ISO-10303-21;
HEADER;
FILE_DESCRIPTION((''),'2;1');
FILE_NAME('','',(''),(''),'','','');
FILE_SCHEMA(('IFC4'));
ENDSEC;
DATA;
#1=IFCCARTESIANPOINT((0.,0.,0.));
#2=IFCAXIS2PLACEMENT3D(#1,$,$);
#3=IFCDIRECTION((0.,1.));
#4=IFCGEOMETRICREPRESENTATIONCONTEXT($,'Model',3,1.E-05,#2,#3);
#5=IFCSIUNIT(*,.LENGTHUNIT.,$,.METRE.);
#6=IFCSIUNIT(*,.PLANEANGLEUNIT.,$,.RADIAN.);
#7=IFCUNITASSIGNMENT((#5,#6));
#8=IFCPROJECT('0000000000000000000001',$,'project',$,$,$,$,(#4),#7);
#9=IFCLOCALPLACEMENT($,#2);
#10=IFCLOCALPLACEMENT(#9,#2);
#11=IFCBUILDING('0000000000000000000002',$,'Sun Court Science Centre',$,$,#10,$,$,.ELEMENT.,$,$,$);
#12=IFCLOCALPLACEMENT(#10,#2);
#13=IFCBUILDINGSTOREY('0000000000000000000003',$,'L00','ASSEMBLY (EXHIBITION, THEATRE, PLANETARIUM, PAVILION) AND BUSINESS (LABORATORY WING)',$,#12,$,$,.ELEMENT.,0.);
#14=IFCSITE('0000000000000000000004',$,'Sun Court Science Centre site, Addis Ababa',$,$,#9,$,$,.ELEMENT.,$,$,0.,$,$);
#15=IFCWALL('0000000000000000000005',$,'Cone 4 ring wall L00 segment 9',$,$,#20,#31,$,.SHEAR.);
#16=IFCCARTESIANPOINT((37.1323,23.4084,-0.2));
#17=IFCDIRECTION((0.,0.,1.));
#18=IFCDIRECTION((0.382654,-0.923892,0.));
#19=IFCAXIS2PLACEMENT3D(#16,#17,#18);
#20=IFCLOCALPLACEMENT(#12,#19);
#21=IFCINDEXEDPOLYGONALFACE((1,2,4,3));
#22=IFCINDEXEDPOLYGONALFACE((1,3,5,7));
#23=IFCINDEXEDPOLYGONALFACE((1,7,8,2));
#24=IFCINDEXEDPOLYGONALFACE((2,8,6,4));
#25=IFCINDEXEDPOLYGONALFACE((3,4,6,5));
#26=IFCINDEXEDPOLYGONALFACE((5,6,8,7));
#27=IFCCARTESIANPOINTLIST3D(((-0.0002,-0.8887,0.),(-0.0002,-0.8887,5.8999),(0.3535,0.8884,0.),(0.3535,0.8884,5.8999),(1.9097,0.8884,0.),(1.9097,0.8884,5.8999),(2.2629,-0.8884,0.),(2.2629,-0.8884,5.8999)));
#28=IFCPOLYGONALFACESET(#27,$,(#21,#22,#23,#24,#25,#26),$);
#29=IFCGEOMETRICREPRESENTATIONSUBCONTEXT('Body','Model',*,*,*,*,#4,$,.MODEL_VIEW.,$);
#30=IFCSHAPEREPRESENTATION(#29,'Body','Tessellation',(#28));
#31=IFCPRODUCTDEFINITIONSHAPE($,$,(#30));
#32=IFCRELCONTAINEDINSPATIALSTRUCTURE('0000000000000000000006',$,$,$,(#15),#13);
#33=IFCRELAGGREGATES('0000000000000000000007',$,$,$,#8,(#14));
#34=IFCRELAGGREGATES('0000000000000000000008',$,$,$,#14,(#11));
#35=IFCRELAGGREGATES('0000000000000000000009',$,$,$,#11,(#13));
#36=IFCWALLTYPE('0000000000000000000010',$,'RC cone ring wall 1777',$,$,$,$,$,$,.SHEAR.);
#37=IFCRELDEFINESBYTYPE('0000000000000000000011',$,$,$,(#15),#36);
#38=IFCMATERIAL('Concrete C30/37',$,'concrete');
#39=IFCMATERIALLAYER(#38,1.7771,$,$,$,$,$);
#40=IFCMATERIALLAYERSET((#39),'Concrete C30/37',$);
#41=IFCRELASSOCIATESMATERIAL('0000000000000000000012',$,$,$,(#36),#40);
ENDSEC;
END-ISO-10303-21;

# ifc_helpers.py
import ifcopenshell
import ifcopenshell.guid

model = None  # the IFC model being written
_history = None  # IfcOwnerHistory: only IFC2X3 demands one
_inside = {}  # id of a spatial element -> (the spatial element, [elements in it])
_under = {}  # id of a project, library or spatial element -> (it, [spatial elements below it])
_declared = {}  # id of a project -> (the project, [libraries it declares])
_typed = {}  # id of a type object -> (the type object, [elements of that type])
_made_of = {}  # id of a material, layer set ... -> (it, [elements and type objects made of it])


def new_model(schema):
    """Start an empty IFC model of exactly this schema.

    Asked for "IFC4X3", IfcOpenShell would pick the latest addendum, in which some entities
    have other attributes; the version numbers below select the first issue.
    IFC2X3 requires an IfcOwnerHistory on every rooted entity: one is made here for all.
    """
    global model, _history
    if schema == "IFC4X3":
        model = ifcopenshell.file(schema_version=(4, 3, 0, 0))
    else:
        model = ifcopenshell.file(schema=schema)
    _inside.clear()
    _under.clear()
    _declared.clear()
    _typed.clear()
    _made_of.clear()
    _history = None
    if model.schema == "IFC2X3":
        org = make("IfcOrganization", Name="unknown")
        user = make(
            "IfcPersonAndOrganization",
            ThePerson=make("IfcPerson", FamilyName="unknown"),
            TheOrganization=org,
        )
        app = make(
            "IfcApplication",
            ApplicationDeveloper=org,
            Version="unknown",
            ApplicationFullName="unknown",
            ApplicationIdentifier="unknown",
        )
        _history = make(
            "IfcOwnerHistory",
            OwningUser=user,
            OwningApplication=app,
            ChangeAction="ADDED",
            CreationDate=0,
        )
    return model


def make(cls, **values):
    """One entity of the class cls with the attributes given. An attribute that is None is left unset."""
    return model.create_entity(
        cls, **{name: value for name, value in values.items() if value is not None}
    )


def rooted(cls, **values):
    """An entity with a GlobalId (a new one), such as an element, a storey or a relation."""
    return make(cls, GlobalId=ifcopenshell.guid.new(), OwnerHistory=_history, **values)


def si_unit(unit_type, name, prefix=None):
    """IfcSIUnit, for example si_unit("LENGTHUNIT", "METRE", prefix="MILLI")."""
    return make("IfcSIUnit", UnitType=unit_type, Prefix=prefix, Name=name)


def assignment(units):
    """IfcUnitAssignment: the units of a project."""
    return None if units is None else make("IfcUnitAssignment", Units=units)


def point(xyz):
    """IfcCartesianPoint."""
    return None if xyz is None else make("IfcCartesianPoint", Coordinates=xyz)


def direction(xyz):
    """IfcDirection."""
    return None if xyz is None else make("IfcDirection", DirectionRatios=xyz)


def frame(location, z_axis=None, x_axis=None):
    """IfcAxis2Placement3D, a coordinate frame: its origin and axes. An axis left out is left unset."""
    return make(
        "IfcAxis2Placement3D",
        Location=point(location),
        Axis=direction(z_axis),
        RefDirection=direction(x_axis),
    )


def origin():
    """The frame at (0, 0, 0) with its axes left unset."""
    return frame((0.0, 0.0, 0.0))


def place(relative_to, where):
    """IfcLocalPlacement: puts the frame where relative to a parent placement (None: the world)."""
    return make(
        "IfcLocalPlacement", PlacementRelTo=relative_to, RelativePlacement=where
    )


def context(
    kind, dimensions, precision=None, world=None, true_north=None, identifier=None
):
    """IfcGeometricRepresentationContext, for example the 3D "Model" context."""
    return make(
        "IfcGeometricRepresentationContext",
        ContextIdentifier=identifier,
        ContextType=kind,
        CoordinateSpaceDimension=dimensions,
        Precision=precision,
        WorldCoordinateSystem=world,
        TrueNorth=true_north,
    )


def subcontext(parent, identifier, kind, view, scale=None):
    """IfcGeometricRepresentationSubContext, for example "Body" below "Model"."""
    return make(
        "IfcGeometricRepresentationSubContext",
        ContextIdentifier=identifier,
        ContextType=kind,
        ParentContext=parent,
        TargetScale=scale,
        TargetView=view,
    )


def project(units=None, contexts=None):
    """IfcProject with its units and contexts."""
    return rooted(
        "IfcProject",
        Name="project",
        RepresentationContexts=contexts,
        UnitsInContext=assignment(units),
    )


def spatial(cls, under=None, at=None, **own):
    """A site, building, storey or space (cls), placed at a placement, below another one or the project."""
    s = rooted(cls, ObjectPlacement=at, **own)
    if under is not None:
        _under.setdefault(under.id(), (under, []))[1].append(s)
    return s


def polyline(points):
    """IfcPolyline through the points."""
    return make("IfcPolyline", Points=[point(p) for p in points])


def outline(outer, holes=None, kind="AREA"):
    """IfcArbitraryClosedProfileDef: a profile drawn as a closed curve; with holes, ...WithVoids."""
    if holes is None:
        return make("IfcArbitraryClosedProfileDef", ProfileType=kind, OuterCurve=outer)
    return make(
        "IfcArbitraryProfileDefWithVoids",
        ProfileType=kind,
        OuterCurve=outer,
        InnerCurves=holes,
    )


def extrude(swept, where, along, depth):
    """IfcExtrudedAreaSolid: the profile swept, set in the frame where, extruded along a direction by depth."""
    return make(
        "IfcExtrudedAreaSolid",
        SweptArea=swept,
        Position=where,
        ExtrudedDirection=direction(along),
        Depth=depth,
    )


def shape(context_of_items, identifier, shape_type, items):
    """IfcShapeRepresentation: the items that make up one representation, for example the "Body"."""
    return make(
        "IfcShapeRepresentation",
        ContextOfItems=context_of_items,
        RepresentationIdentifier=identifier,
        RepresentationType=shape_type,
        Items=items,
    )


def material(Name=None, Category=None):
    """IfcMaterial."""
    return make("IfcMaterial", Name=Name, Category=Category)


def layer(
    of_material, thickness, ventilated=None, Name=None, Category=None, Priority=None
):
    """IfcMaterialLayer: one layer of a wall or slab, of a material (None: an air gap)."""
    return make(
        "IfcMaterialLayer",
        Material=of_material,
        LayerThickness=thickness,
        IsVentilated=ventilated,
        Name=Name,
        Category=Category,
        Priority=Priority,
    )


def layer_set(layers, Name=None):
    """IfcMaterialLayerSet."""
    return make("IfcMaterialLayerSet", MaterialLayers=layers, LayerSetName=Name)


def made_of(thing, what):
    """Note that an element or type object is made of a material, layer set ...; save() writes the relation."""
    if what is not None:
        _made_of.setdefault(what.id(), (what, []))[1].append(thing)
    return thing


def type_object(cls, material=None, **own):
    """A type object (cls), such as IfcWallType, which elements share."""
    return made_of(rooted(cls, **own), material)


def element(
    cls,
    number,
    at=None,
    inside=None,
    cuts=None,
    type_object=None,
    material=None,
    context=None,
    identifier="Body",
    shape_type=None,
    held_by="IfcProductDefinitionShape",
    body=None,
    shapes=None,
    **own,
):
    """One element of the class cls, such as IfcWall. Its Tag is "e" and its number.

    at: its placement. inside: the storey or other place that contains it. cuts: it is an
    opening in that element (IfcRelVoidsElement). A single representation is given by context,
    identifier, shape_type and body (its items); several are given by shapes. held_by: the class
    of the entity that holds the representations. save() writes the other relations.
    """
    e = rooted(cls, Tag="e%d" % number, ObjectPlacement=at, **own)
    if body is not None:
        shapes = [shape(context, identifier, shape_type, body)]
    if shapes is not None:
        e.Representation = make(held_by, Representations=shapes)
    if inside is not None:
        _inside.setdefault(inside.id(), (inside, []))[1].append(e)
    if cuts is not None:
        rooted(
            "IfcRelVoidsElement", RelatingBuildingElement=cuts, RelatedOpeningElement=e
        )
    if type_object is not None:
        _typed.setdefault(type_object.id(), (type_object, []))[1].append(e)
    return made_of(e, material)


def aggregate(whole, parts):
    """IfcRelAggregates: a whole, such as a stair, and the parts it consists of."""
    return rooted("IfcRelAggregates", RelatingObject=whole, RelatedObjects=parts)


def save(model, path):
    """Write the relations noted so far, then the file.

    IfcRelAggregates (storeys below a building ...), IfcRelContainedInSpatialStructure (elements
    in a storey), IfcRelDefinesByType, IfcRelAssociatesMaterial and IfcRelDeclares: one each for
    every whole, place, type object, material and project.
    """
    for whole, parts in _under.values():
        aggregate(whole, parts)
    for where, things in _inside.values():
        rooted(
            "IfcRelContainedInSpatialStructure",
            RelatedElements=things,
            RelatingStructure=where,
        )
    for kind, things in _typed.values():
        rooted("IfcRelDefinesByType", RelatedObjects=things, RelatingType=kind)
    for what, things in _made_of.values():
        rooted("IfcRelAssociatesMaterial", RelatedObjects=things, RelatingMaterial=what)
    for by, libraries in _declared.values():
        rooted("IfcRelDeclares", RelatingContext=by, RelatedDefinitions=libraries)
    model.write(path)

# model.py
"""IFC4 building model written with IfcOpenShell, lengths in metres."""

from ifc_helpers import new_model, si_unit, direction, frame, origin, place, context, subcontext, project, spatial, polyline, outline, extrude, material, layer, layer_set, type_object, element, save


model = new_model("IFC4")

# Units and contexts
model_context = context("Model", 3, precision=1e-05, world=origin(), true_north=direction((0.0, 1.0)))
body_context = subcontext(model_context, "Body", "Model", "MODEL_VIEW")
ifc_project = project(units=[si_unit("LENGTHUNIT", "METRE"), si_unit("PLANEANGLEUNIT", "RADIAN")], contexts=[model_context])

# Site, building, storey
site_placement = place(None, origin())
site = spatial("IfcSite", under=ifc_project, at=site_placement, Name="Sun Court Science Centre site, Addis Ababa", CompositionType="ELEMENT", RefElevation=0.0)
building_placement = place(site_placement, origin())
building = spatial("IfcBuilding", under=site, at=building_placement, Name="Sun Court Science Centre", CompositionType="ELEMENT")
storey_placement = place(building_placement, origin())
storey = spatial("IfcBuildingStorey", under=building, at=storey_placement, Name="L00", Description="ASSEMBLY (EXHIBITION, THEATRE, PLANETARIUM, PAVILION) AND BUSINESS (LABORATORY WING)", CompositionType="ELEMENT", Elevation=0.0)

# Shared definitions
ifc_material_1 = material(Name="Concrete C30/37", Category="concrete")
ifc_layer_1 = layer(ifc_material_1, 1.7771)
ifc_layer_set_1 = layer_set([ifc_layer_1], Name="Concrete C30/37")
wall_type_1 = type_object("IfcWallType", Name="RC cone ring wall 1777", PredefinedType="SHEAR", material=ifc_layer_set_1)

# Wall
wall_1_placement = place(storey_placement, frame((37.1323, 23.4084, -0.2), z_axis=(0.0, 0.0, 1.0), x_axis=(0.382654, -0.923892, 0.0)))
element("IfcWall", 1, at=wall_1_placement, inside=storey, type_object=wall_type_1, Name="Cone 4 ring wall L00 segment 9", PredefinedType="SHEAR", context=body_context, shape_type="SweptSolid", body=[
    extrude(outline(polyline([(-0.0002, -0.8887), (2.2629, -0.8884), (1.9097, 0.8884), (0.3535, 0.8884), (-0.0002, -0.8887)])), origin(), (0.0, 0.0, 1.0), 5.8999),
])

save(model, "model.ifc")
